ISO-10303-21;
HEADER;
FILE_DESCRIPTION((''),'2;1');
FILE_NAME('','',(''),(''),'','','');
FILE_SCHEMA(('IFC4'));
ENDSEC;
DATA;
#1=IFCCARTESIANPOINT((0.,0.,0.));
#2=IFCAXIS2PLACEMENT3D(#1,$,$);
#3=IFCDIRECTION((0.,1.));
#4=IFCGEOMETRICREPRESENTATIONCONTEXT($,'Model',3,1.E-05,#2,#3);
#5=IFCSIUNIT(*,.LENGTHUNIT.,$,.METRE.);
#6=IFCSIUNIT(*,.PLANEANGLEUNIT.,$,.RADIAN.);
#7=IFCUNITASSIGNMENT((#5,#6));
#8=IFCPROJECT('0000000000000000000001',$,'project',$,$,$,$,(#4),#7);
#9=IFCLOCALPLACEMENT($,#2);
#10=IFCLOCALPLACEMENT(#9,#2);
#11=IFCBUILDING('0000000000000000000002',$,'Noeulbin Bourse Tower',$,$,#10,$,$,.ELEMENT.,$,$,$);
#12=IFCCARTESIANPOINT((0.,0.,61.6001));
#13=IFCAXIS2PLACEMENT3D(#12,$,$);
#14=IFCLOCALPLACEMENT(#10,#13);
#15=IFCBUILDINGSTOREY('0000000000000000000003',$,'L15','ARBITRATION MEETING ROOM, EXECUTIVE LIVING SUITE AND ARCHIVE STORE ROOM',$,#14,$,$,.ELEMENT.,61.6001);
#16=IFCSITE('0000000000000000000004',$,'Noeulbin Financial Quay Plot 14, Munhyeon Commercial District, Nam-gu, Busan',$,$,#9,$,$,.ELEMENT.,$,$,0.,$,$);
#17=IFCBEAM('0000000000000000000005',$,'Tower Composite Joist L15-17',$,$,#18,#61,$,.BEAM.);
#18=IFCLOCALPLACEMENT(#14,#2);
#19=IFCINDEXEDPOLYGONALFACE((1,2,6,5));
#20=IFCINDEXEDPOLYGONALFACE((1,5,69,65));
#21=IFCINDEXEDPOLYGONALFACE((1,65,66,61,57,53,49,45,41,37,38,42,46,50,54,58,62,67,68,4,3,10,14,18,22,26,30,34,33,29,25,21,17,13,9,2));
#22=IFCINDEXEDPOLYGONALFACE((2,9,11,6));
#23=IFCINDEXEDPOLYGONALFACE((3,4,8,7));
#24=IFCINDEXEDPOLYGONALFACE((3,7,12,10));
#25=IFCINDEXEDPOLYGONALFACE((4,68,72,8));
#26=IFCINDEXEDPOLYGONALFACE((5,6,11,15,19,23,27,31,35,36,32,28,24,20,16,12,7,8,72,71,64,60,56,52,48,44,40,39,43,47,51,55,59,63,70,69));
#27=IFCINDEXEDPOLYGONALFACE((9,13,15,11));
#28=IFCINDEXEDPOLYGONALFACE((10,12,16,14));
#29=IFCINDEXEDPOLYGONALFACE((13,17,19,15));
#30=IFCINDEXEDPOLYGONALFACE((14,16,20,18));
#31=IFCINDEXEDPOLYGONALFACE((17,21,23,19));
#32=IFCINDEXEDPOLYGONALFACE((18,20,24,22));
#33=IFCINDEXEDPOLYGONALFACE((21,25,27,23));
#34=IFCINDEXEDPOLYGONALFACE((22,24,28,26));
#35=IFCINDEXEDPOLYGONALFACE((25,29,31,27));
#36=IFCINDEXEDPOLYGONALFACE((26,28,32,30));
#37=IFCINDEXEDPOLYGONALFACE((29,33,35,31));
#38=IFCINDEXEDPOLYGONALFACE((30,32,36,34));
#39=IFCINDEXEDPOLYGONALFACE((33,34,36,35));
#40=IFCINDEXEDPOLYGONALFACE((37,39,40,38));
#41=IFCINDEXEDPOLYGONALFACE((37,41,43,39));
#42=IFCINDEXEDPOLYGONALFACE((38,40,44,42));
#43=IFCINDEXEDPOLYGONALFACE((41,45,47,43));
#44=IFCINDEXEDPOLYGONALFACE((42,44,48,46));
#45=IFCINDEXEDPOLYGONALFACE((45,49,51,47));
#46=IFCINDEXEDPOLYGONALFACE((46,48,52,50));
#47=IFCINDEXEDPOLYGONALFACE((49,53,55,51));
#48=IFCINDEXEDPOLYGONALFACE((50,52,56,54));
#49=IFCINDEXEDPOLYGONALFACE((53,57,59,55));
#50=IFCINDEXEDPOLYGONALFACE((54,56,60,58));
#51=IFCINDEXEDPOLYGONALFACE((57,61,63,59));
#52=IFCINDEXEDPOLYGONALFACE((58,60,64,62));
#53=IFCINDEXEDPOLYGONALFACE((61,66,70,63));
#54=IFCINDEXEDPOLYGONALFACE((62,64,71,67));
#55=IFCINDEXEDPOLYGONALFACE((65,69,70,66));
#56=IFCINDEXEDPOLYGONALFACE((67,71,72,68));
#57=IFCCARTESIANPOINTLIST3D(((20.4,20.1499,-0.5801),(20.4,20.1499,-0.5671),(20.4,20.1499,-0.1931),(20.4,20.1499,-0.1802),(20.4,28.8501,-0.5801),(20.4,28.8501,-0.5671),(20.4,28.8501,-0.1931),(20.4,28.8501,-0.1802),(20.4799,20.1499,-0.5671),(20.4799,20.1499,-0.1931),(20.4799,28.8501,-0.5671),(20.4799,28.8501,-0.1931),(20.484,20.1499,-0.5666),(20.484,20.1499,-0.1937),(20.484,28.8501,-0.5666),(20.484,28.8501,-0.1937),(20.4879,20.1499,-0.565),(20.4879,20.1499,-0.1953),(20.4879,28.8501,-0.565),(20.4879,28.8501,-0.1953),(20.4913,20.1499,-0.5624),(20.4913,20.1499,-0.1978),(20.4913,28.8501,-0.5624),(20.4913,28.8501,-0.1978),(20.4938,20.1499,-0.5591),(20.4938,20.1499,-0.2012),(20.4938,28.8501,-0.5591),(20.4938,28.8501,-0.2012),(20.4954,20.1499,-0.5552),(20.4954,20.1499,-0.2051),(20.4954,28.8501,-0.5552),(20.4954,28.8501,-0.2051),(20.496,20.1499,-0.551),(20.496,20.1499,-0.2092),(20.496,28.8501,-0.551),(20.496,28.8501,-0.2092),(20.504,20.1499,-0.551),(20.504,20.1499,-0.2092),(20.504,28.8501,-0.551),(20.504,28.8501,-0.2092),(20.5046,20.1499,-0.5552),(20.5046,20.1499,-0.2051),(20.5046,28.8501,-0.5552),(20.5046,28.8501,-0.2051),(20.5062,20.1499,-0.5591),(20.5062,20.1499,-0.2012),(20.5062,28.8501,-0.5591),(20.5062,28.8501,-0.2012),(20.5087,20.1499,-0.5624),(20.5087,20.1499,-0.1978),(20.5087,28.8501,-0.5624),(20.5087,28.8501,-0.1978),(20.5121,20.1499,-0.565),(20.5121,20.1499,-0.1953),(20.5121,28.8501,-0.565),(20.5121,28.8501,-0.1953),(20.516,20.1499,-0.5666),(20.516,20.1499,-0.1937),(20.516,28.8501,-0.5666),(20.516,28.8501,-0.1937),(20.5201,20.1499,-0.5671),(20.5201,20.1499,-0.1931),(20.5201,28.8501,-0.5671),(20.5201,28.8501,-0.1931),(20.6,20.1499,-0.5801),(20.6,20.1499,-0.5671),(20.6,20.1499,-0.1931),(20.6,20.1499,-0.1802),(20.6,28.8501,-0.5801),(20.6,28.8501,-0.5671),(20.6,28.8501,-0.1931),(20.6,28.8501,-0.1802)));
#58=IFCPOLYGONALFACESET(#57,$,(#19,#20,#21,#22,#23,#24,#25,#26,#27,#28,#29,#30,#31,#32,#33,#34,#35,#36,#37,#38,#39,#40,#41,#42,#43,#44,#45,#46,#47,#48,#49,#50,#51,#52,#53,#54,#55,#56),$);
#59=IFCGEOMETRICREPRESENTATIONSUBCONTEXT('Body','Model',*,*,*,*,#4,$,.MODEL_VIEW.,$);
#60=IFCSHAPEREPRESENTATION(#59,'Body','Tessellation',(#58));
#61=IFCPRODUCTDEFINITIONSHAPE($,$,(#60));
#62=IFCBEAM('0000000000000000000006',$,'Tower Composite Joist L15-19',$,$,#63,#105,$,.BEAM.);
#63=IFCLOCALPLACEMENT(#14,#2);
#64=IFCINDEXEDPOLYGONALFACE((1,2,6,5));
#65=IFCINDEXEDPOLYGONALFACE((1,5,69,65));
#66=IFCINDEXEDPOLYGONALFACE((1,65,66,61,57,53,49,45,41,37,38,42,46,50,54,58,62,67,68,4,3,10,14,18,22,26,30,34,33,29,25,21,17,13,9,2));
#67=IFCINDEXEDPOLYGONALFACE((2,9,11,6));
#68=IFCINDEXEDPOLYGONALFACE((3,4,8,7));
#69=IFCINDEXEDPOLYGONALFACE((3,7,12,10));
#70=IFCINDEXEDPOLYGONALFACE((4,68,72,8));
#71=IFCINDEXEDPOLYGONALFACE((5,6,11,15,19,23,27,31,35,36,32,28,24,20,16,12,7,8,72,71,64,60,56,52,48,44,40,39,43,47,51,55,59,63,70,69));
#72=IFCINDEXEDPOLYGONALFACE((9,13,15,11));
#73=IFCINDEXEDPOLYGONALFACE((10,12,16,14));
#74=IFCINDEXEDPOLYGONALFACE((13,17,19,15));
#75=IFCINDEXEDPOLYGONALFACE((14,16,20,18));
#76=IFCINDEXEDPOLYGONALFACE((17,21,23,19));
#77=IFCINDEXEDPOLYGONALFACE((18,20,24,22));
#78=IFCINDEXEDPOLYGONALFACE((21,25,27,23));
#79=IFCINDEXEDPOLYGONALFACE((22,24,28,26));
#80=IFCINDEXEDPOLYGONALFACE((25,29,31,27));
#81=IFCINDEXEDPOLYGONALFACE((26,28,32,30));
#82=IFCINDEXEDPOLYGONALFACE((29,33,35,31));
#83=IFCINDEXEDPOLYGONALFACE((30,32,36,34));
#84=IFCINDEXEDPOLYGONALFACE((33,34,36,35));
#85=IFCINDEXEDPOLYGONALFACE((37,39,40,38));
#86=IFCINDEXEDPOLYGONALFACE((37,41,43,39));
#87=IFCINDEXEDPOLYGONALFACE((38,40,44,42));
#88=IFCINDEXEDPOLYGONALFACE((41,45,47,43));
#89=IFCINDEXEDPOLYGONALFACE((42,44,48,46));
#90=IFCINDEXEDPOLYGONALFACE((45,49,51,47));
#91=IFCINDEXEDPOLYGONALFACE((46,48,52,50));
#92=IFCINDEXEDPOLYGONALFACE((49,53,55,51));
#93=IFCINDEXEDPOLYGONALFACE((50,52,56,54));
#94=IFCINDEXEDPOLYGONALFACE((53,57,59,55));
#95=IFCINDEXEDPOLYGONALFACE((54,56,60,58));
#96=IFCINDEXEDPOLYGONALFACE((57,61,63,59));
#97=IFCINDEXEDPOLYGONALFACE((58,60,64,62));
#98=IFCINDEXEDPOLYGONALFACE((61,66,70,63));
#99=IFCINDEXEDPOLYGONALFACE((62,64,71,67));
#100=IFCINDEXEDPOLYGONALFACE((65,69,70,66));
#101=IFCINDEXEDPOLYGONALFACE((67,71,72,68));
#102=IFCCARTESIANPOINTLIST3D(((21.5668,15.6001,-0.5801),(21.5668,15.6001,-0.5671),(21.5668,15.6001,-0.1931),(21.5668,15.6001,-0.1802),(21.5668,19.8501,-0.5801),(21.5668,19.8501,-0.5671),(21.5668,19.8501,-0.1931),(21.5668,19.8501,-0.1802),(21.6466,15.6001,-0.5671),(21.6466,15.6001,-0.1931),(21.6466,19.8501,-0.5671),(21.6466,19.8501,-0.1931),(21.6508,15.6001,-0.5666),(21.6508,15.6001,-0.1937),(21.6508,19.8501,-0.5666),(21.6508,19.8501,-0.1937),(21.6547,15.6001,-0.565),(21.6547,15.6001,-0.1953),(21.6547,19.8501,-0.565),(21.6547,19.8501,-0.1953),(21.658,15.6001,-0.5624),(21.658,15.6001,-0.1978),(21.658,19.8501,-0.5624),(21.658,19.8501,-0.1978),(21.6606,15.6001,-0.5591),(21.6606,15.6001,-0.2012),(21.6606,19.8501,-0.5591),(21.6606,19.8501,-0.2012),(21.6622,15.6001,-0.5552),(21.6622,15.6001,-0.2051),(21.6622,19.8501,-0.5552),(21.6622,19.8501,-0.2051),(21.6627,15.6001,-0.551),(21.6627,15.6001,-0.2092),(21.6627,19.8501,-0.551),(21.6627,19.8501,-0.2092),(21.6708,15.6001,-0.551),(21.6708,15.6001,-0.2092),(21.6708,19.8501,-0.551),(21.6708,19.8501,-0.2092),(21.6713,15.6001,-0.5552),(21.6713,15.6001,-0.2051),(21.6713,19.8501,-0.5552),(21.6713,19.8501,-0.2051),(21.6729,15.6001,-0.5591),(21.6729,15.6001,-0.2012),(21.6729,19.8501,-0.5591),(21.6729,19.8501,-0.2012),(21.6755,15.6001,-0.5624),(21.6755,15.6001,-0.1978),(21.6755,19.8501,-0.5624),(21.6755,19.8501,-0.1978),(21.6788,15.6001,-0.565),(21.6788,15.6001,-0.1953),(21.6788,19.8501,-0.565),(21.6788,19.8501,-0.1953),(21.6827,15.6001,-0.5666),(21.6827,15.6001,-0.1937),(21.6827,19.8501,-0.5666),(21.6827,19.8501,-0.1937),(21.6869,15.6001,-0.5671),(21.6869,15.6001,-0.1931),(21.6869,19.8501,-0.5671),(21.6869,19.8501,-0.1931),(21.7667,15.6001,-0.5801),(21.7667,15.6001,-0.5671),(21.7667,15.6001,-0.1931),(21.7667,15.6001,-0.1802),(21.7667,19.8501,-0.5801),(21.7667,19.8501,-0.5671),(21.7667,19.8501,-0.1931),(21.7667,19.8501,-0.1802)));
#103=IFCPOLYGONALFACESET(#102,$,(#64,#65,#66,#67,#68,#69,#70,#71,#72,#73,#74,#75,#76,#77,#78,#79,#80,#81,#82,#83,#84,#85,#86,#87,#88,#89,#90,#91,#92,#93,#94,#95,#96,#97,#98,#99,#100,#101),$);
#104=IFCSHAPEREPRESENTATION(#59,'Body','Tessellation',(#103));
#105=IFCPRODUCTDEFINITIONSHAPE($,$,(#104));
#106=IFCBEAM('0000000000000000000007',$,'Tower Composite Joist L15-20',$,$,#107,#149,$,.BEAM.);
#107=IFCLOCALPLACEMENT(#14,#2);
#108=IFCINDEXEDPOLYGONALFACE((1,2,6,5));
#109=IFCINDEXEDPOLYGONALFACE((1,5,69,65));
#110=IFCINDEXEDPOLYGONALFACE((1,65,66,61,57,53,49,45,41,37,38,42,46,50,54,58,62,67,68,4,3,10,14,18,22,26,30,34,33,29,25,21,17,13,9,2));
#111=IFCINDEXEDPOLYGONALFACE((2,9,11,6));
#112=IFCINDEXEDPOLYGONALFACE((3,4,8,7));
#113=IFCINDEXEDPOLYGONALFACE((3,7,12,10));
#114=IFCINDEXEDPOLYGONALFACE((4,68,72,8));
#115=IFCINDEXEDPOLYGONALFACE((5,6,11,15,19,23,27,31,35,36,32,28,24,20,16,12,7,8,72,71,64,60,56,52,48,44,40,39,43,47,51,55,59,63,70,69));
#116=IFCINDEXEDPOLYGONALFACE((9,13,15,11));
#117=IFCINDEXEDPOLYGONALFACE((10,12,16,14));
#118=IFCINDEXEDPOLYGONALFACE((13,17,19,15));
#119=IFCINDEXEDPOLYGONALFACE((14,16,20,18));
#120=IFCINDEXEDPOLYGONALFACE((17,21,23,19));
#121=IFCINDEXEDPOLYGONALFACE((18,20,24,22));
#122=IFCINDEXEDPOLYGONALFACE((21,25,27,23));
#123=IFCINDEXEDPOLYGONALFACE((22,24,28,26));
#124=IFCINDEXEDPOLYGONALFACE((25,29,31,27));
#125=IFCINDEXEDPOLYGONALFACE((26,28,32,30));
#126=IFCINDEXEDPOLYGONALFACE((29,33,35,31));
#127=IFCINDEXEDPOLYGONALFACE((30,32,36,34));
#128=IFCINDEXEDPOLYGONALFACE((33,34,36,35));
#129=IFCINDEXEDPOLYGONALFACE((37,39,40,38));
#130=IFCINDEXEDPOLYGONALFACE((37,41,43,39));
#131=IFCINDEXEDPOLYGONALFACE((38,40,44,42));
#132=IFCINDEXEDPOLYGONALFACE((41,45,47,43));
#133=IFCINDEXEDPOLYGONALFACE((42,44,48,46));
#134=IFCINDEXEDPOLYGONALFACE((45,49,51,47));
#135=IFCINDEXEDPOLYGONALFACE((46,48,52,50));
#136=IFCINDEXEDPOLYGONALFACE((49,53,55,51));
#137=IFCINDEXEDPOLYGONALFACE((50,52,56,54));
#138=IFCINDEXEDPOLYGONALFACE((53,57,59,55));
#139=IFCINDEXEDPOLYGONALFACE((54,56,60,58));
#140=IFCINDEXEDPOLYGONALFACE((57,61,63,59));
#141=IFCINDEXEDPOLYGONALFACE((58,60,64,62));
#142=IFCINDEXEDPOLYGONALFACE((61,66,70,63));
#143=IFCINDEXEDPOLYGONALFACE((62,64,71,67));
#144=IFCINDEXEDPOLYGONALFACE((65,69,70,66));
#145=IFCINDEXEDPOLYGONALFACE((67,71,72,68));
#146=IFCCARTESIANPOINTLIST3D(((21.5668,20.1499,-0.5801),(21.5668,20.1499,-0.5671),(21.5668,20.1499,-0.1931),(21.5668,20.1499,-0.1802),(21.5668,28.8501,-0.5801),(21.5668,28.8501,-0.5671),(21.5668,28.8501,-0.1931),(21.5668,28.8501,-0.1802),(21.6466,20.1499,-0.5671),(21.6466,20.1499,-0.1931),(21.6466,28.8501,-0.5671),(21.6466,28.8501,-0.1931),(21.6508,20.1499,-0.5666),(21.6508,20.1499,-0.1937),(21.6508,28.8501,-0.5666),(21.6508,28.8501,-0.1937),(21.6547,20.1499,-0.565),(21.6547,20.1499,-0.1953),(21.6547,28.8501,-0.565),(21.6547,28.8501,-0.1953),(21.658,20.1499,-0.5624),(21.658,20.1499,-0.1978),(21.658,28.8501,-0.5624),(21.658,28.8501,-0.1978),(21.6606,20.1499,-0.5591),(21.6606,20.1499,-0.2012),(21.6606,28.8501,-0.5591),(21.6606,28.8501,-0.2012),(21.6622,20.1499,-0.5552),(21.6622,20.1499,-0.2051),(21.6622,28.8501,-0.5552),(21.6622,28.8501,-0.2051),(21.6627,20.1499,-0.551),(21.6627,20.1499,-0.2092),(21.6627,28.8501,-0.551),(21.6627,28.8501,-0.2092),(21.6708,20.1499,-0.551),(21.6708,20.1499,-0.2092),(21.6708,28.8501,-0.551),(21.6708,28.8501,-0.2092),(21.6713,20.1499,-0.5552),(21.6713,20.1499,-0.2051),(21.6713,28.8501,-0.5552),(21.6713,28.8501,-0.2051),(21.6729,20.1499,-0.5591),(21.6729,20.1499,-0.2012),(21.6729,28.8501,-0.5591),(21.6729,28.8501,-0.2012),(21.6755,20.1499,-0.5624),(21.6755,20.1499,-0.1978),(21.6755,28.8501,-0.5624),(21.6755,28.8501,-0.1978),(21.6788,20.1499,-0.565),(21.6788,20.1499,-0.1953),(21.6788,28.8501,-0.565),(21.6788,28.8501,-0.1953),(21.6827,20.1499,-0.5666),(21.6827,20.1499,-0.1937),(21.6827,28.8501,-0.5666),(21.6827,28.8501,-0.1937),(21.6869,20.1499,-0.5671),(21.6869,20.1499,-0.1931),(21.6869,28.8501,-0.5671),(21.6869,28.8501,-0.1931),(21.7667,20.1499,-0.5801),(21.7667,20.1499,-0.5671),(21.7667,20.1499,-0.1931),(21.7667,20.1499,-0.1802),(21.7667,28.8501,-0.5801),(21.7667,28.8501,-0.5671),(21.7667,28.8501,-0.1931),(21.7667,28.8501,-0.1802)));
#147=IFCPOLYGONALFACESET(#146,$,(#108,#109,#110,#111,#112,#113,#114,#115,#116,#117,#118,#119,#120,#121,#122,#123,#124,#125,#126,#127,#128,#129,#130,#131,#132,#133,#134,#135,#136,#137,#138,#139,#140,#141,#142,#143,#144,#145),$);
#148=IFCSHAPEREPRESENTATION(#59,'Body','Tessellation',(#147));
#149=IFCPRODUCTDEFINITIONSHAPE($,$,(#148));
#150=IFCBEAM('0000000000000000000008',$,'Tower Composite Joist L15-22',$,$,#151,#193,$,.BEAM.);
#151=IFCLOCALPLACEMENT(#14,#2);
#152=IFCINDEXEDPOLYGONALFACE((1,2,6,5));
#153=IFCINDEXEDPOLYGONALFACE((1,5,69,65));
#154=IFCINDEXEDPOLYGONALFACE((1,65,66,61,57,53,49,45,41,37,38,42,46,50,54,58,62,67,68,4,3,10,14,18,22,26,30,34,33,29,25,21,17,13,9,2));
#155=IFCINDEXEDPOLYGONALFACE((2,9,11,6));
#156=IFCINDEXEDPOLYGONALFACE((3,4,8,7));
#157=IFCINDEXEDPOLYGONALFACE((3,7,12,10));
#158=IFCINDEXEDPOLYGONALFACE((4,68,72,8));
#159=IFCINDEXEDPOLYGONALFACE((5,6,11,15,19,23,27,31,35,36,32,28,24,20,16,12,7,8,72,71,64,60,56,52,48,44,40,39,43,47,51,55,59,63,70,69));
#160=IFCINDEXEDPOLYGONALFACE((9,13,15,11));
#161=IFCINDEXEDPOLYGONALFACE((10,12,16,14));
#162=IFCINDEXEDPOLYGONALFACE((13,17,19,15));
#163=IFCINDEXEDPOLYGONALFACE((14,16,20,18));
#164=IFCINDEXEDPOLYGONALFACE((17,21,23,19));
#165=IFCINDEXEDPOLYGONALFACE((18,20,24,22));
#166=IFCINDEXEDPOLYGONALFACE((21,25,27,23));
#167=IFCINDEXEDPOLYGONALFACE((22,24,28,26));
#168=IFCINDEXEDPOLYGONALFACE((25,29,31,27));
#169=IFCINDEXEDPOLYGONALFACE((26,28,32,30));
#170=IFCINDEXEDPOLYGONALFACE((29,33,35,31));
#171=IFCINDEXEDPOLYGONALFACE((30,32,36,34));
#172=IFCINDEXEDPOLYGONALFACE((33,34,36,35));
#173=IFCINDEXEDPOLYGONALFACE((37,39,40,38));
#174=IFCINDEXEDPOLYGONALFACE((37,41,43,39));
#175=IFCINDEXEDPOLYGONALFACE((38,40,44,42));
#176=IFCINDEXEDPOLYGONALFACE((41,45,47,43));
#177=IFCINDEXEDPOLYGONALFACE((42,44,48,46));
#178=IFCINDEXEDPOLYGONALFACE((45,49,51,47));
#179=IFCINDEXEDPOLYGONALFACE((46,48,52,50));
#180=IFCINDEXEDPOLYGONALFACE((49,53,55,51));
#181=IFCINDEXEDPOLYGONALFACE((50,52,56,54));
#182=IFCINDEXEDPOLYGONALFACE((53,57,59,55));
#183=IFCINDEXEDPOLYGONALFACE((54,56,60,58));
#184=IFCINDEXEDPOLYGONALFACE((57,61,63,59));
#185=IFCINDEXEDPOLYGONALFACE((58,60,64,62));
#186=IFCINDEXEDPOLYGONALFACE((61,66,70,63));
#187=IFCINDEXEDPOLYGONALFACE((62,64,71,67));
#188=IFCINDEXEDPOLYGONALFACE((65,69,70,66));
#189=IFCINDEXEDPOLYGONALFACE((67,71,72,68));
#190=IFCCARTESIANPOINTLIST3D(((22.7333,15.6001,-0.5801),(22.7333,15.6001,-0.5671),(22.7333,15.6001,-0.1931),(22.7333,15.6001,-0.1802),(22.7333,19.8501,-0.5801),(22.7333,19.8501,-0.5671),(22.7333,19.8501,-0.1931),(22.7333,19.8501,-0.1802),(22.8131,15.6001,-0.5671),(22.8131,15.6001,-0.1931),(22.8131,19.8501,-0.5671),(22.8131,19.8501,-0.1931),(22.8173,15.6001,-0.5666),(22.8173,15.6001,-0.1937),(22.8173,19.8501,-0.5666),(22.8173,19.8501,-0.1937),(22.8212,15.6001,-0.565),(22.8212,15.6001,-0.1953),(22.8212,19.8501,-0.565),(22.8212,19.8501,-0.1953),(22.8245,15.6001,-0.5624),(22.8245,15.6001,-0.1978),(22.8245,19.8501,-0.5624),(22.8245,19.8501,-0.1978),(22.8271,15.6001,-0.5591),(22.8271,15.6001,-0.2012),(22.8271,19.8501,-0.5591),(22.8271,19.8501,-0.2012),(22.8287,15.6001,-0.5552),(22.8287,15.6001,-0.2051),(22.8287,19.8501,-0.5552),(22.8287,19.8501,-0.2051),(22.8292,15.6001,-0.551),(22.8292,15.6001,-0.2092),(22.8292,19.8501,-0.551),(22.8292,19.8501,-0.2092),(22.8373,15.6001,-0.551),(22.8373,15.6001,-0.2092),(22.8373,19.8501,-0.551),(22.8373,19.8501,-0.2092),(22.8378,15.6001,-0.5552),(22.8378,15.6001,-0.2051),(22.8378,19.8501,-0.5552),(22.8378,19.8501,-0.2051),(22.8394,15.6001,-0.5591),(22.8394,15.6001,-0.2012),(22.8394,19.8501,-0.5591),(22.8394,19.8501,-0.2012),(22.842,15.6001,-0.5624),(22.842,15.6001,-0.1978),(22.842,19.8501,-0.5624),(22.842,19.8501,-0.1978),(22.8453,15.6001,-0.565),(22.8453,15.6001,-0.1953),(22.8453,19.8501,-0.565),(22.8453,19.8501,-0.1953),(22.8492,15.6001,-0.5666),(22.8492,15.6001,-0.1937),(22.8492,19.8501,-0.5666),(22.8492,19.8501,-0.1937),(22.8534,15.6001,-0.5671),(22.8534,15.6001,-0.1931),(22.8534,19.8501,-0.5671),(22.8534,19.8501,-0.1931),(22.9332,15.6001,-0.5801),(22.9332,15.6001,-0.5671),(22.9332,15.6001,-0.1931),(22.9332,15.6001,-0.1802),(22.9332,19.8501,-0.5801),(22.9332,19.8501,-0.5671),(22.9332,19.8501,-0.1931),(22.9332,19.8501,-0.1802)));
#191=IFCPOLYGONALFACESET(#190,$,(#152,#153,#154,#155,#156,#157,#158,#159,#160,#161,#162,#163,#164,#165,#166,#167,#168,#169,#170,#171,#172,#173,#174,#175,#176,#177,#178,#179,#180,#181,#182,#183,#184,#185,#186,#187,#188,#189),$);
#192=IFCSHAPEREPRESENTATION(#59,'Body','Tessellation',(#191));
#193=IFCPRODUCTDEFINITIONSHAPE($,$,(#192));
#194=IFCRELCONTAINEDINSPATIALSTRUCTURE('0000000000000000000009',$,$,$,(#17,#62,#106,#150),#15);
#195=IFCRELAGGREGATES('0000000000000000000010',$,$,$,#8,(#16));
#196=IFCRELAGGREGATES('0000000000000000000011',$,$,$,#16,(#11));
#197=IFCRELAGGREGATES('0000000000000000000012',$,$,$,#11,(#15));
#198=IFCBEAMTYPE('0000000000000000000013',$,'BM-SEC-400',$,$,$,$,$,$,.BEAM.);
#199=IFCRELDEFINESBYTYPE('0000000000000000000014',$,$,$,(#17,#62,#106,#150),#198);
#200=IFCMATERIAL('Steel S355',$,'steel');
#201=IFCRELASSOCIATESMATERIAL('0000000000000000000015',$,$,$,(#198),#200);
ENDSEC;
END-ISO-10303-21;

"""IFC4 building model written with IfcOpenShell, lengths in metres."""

from ifc_helpers import new_model, si_unit, direction, frame, origin, origin_2d, place, context, subcontext, project, spatial, i_section, extrude, material, material_profile, profile_set, type_object, element, save


model = new_model("IFC4")

# Units and contexts
model_context = context("Model", 3, precision=1e-05, world=origin(), true_north=direction((0.0, 1.0)))
body_context = subcontext(model_context, "Body", "Model", "MODEL_VIEW")
ifc_project = project(units=[si_unit("LENGTHUNIT", "METRE"), si_unit("PLANEANGLEUNIT", "RADIAN")], contexts=[model_context])

# Site, building, storey
site_placement = place(None, origin())
site = spatial("IfcSite", under=ifc_project, at=site_placement, Name="Noeulbin Financial Quay Plot 14, Munhyeon Commercial District, Nam-gu, Busan", CompositionType="ELEMENT", RefElevation=0.0)
building_placement = place(site_placement, origin())
building = spatial("IfcBuilding", under=site, at=building_placement, Name="Noeulbin Bourse Tower", CompositionType="ELEMENT")
storey_placement = place(building_placement, frame((0.0, 0.0, 61.6001)))
storey = spatial("IfcBuildingStorey", under=building, at=storey_placement, Name="L15", Description="ARBITRATION MEETING ROOM, EXECUTIVE LIVING SUITE AND ARCHIVE STORE ROOM", CompositionType="ELEMENT", Elevation=61.6001)

# Beams
ifc_material_1 = material(Name="Steel S355", Category="steel")
ifc_material_profile_1 = material_profile(ifc_material_1, i_section(OverallWidth=0.2, OverallDepth=0.3999, WebThickness=0.0081, FlangeThickness=0.0129, FilletRadius=0.0161, at=origin_2d()), Name="H-400x200x8x13", Category="LoadBearing")
ifc_profile_set_1 = profile_set([ifc_material_profile_1], Name="Steel S355")
beam_type_1 = type_object("IfcBeamType", Name="BM-SEC-400", PredefinedType="BEAM", material=ifc_profile_set_1)
beam_1_placement = place(storey_placement, frame((20.5, 20.1499, -0.3801), z_axis=(0.0, 1.0, 0.0), x_axis=(-1.0, 0.0, 0.0)))
element("IfcBeam", 1, at=beam_1_placement, inside=storey, type_object=beam_type_1, Name="Tower Composite Joist L15-17", PredefinedType="BEAM", context=body_context, shape_type="SweptSolid", body=[
    extrude(i_section(OverallWidth=0.2, OverallDepth=0.3999, WebThickness=0.0081, FlangeThickness=0.0129, FilletRadius=0.0161, at=origin_2d()), origin(), (0.0, 0.0, 1.0), 8.7002),
])
beam_2_placement = place(storey_placement, frame((21.6667, 15.6001, -0.3801), z_axis=(0.0, 1.0, 0.0), x_axis=(-1.0, 0.0, 0.0)))
element("IfcBeam", 2, at=beam_2_placement, inside=storey, type_object=beam_type_1, Name="Tower Composite Joist L15-19", PredefinedType="BEAM", context=body_context, shape_type="SweptSolid", body=[
    extrude(i_section(OverallWidth=0.2, OverallDepth=0.3999, WebThickness=0.0081, FlangeThickness=0.0129, FilletRadius=0.0161, at=origin_2d()), origin(), (0.0, 0.0, 1.0), 4.25),
])
beam_3_placement = place(storey_placement, frame((21.6667, 20.1499, -0.3801), z_axis=(0.0, 1.0, 0.0), x_axis=(-1.0, 0.0, 0.0)))
element("IfcBeam", 3, at=beam_3_placement, inside=storey, type_object=beam_type_1, Name="Tower Composite Joist L15-20", PredefinedType="BEAM", context=body_context, shape_type="SweptSolid", body=[
    extrude(i_section(OverallWidth=0.2, OverallDepth=0.3999, WebThickness=0.0081, FlangeThickness=0.0129, FilletRadius=0.0161, at=origin_2d()), origin(), (0.0, 0.0, 1.0), 8.7002),
])
beam_4_placement = place(storey_placement, frame((22.8333, 15.6001, -0.3801), z_axis=(0.0, 1.0, 0.0), x_axis=(-1.0, 0.0, 0.0)))
element("IfcBeam", 4, at=beam_4_placement, inside=storey, type_object=beam_type_1, Name="Tower Composite Joist L15-22", PredefinedType="BEAM", context=body_context, shape_type="SweptSolid", body=[
    extrude(i_section(OverallWidth=0.2, OverallDepth=0.3999, WebThickness=0.0081, FlangeThickness=0.0129, FilletRadius=0.0161, at=origin_2d()), origin(), (0.0, 0.0, 1.0), 4.25),
])

save(model, "model.ifc")
